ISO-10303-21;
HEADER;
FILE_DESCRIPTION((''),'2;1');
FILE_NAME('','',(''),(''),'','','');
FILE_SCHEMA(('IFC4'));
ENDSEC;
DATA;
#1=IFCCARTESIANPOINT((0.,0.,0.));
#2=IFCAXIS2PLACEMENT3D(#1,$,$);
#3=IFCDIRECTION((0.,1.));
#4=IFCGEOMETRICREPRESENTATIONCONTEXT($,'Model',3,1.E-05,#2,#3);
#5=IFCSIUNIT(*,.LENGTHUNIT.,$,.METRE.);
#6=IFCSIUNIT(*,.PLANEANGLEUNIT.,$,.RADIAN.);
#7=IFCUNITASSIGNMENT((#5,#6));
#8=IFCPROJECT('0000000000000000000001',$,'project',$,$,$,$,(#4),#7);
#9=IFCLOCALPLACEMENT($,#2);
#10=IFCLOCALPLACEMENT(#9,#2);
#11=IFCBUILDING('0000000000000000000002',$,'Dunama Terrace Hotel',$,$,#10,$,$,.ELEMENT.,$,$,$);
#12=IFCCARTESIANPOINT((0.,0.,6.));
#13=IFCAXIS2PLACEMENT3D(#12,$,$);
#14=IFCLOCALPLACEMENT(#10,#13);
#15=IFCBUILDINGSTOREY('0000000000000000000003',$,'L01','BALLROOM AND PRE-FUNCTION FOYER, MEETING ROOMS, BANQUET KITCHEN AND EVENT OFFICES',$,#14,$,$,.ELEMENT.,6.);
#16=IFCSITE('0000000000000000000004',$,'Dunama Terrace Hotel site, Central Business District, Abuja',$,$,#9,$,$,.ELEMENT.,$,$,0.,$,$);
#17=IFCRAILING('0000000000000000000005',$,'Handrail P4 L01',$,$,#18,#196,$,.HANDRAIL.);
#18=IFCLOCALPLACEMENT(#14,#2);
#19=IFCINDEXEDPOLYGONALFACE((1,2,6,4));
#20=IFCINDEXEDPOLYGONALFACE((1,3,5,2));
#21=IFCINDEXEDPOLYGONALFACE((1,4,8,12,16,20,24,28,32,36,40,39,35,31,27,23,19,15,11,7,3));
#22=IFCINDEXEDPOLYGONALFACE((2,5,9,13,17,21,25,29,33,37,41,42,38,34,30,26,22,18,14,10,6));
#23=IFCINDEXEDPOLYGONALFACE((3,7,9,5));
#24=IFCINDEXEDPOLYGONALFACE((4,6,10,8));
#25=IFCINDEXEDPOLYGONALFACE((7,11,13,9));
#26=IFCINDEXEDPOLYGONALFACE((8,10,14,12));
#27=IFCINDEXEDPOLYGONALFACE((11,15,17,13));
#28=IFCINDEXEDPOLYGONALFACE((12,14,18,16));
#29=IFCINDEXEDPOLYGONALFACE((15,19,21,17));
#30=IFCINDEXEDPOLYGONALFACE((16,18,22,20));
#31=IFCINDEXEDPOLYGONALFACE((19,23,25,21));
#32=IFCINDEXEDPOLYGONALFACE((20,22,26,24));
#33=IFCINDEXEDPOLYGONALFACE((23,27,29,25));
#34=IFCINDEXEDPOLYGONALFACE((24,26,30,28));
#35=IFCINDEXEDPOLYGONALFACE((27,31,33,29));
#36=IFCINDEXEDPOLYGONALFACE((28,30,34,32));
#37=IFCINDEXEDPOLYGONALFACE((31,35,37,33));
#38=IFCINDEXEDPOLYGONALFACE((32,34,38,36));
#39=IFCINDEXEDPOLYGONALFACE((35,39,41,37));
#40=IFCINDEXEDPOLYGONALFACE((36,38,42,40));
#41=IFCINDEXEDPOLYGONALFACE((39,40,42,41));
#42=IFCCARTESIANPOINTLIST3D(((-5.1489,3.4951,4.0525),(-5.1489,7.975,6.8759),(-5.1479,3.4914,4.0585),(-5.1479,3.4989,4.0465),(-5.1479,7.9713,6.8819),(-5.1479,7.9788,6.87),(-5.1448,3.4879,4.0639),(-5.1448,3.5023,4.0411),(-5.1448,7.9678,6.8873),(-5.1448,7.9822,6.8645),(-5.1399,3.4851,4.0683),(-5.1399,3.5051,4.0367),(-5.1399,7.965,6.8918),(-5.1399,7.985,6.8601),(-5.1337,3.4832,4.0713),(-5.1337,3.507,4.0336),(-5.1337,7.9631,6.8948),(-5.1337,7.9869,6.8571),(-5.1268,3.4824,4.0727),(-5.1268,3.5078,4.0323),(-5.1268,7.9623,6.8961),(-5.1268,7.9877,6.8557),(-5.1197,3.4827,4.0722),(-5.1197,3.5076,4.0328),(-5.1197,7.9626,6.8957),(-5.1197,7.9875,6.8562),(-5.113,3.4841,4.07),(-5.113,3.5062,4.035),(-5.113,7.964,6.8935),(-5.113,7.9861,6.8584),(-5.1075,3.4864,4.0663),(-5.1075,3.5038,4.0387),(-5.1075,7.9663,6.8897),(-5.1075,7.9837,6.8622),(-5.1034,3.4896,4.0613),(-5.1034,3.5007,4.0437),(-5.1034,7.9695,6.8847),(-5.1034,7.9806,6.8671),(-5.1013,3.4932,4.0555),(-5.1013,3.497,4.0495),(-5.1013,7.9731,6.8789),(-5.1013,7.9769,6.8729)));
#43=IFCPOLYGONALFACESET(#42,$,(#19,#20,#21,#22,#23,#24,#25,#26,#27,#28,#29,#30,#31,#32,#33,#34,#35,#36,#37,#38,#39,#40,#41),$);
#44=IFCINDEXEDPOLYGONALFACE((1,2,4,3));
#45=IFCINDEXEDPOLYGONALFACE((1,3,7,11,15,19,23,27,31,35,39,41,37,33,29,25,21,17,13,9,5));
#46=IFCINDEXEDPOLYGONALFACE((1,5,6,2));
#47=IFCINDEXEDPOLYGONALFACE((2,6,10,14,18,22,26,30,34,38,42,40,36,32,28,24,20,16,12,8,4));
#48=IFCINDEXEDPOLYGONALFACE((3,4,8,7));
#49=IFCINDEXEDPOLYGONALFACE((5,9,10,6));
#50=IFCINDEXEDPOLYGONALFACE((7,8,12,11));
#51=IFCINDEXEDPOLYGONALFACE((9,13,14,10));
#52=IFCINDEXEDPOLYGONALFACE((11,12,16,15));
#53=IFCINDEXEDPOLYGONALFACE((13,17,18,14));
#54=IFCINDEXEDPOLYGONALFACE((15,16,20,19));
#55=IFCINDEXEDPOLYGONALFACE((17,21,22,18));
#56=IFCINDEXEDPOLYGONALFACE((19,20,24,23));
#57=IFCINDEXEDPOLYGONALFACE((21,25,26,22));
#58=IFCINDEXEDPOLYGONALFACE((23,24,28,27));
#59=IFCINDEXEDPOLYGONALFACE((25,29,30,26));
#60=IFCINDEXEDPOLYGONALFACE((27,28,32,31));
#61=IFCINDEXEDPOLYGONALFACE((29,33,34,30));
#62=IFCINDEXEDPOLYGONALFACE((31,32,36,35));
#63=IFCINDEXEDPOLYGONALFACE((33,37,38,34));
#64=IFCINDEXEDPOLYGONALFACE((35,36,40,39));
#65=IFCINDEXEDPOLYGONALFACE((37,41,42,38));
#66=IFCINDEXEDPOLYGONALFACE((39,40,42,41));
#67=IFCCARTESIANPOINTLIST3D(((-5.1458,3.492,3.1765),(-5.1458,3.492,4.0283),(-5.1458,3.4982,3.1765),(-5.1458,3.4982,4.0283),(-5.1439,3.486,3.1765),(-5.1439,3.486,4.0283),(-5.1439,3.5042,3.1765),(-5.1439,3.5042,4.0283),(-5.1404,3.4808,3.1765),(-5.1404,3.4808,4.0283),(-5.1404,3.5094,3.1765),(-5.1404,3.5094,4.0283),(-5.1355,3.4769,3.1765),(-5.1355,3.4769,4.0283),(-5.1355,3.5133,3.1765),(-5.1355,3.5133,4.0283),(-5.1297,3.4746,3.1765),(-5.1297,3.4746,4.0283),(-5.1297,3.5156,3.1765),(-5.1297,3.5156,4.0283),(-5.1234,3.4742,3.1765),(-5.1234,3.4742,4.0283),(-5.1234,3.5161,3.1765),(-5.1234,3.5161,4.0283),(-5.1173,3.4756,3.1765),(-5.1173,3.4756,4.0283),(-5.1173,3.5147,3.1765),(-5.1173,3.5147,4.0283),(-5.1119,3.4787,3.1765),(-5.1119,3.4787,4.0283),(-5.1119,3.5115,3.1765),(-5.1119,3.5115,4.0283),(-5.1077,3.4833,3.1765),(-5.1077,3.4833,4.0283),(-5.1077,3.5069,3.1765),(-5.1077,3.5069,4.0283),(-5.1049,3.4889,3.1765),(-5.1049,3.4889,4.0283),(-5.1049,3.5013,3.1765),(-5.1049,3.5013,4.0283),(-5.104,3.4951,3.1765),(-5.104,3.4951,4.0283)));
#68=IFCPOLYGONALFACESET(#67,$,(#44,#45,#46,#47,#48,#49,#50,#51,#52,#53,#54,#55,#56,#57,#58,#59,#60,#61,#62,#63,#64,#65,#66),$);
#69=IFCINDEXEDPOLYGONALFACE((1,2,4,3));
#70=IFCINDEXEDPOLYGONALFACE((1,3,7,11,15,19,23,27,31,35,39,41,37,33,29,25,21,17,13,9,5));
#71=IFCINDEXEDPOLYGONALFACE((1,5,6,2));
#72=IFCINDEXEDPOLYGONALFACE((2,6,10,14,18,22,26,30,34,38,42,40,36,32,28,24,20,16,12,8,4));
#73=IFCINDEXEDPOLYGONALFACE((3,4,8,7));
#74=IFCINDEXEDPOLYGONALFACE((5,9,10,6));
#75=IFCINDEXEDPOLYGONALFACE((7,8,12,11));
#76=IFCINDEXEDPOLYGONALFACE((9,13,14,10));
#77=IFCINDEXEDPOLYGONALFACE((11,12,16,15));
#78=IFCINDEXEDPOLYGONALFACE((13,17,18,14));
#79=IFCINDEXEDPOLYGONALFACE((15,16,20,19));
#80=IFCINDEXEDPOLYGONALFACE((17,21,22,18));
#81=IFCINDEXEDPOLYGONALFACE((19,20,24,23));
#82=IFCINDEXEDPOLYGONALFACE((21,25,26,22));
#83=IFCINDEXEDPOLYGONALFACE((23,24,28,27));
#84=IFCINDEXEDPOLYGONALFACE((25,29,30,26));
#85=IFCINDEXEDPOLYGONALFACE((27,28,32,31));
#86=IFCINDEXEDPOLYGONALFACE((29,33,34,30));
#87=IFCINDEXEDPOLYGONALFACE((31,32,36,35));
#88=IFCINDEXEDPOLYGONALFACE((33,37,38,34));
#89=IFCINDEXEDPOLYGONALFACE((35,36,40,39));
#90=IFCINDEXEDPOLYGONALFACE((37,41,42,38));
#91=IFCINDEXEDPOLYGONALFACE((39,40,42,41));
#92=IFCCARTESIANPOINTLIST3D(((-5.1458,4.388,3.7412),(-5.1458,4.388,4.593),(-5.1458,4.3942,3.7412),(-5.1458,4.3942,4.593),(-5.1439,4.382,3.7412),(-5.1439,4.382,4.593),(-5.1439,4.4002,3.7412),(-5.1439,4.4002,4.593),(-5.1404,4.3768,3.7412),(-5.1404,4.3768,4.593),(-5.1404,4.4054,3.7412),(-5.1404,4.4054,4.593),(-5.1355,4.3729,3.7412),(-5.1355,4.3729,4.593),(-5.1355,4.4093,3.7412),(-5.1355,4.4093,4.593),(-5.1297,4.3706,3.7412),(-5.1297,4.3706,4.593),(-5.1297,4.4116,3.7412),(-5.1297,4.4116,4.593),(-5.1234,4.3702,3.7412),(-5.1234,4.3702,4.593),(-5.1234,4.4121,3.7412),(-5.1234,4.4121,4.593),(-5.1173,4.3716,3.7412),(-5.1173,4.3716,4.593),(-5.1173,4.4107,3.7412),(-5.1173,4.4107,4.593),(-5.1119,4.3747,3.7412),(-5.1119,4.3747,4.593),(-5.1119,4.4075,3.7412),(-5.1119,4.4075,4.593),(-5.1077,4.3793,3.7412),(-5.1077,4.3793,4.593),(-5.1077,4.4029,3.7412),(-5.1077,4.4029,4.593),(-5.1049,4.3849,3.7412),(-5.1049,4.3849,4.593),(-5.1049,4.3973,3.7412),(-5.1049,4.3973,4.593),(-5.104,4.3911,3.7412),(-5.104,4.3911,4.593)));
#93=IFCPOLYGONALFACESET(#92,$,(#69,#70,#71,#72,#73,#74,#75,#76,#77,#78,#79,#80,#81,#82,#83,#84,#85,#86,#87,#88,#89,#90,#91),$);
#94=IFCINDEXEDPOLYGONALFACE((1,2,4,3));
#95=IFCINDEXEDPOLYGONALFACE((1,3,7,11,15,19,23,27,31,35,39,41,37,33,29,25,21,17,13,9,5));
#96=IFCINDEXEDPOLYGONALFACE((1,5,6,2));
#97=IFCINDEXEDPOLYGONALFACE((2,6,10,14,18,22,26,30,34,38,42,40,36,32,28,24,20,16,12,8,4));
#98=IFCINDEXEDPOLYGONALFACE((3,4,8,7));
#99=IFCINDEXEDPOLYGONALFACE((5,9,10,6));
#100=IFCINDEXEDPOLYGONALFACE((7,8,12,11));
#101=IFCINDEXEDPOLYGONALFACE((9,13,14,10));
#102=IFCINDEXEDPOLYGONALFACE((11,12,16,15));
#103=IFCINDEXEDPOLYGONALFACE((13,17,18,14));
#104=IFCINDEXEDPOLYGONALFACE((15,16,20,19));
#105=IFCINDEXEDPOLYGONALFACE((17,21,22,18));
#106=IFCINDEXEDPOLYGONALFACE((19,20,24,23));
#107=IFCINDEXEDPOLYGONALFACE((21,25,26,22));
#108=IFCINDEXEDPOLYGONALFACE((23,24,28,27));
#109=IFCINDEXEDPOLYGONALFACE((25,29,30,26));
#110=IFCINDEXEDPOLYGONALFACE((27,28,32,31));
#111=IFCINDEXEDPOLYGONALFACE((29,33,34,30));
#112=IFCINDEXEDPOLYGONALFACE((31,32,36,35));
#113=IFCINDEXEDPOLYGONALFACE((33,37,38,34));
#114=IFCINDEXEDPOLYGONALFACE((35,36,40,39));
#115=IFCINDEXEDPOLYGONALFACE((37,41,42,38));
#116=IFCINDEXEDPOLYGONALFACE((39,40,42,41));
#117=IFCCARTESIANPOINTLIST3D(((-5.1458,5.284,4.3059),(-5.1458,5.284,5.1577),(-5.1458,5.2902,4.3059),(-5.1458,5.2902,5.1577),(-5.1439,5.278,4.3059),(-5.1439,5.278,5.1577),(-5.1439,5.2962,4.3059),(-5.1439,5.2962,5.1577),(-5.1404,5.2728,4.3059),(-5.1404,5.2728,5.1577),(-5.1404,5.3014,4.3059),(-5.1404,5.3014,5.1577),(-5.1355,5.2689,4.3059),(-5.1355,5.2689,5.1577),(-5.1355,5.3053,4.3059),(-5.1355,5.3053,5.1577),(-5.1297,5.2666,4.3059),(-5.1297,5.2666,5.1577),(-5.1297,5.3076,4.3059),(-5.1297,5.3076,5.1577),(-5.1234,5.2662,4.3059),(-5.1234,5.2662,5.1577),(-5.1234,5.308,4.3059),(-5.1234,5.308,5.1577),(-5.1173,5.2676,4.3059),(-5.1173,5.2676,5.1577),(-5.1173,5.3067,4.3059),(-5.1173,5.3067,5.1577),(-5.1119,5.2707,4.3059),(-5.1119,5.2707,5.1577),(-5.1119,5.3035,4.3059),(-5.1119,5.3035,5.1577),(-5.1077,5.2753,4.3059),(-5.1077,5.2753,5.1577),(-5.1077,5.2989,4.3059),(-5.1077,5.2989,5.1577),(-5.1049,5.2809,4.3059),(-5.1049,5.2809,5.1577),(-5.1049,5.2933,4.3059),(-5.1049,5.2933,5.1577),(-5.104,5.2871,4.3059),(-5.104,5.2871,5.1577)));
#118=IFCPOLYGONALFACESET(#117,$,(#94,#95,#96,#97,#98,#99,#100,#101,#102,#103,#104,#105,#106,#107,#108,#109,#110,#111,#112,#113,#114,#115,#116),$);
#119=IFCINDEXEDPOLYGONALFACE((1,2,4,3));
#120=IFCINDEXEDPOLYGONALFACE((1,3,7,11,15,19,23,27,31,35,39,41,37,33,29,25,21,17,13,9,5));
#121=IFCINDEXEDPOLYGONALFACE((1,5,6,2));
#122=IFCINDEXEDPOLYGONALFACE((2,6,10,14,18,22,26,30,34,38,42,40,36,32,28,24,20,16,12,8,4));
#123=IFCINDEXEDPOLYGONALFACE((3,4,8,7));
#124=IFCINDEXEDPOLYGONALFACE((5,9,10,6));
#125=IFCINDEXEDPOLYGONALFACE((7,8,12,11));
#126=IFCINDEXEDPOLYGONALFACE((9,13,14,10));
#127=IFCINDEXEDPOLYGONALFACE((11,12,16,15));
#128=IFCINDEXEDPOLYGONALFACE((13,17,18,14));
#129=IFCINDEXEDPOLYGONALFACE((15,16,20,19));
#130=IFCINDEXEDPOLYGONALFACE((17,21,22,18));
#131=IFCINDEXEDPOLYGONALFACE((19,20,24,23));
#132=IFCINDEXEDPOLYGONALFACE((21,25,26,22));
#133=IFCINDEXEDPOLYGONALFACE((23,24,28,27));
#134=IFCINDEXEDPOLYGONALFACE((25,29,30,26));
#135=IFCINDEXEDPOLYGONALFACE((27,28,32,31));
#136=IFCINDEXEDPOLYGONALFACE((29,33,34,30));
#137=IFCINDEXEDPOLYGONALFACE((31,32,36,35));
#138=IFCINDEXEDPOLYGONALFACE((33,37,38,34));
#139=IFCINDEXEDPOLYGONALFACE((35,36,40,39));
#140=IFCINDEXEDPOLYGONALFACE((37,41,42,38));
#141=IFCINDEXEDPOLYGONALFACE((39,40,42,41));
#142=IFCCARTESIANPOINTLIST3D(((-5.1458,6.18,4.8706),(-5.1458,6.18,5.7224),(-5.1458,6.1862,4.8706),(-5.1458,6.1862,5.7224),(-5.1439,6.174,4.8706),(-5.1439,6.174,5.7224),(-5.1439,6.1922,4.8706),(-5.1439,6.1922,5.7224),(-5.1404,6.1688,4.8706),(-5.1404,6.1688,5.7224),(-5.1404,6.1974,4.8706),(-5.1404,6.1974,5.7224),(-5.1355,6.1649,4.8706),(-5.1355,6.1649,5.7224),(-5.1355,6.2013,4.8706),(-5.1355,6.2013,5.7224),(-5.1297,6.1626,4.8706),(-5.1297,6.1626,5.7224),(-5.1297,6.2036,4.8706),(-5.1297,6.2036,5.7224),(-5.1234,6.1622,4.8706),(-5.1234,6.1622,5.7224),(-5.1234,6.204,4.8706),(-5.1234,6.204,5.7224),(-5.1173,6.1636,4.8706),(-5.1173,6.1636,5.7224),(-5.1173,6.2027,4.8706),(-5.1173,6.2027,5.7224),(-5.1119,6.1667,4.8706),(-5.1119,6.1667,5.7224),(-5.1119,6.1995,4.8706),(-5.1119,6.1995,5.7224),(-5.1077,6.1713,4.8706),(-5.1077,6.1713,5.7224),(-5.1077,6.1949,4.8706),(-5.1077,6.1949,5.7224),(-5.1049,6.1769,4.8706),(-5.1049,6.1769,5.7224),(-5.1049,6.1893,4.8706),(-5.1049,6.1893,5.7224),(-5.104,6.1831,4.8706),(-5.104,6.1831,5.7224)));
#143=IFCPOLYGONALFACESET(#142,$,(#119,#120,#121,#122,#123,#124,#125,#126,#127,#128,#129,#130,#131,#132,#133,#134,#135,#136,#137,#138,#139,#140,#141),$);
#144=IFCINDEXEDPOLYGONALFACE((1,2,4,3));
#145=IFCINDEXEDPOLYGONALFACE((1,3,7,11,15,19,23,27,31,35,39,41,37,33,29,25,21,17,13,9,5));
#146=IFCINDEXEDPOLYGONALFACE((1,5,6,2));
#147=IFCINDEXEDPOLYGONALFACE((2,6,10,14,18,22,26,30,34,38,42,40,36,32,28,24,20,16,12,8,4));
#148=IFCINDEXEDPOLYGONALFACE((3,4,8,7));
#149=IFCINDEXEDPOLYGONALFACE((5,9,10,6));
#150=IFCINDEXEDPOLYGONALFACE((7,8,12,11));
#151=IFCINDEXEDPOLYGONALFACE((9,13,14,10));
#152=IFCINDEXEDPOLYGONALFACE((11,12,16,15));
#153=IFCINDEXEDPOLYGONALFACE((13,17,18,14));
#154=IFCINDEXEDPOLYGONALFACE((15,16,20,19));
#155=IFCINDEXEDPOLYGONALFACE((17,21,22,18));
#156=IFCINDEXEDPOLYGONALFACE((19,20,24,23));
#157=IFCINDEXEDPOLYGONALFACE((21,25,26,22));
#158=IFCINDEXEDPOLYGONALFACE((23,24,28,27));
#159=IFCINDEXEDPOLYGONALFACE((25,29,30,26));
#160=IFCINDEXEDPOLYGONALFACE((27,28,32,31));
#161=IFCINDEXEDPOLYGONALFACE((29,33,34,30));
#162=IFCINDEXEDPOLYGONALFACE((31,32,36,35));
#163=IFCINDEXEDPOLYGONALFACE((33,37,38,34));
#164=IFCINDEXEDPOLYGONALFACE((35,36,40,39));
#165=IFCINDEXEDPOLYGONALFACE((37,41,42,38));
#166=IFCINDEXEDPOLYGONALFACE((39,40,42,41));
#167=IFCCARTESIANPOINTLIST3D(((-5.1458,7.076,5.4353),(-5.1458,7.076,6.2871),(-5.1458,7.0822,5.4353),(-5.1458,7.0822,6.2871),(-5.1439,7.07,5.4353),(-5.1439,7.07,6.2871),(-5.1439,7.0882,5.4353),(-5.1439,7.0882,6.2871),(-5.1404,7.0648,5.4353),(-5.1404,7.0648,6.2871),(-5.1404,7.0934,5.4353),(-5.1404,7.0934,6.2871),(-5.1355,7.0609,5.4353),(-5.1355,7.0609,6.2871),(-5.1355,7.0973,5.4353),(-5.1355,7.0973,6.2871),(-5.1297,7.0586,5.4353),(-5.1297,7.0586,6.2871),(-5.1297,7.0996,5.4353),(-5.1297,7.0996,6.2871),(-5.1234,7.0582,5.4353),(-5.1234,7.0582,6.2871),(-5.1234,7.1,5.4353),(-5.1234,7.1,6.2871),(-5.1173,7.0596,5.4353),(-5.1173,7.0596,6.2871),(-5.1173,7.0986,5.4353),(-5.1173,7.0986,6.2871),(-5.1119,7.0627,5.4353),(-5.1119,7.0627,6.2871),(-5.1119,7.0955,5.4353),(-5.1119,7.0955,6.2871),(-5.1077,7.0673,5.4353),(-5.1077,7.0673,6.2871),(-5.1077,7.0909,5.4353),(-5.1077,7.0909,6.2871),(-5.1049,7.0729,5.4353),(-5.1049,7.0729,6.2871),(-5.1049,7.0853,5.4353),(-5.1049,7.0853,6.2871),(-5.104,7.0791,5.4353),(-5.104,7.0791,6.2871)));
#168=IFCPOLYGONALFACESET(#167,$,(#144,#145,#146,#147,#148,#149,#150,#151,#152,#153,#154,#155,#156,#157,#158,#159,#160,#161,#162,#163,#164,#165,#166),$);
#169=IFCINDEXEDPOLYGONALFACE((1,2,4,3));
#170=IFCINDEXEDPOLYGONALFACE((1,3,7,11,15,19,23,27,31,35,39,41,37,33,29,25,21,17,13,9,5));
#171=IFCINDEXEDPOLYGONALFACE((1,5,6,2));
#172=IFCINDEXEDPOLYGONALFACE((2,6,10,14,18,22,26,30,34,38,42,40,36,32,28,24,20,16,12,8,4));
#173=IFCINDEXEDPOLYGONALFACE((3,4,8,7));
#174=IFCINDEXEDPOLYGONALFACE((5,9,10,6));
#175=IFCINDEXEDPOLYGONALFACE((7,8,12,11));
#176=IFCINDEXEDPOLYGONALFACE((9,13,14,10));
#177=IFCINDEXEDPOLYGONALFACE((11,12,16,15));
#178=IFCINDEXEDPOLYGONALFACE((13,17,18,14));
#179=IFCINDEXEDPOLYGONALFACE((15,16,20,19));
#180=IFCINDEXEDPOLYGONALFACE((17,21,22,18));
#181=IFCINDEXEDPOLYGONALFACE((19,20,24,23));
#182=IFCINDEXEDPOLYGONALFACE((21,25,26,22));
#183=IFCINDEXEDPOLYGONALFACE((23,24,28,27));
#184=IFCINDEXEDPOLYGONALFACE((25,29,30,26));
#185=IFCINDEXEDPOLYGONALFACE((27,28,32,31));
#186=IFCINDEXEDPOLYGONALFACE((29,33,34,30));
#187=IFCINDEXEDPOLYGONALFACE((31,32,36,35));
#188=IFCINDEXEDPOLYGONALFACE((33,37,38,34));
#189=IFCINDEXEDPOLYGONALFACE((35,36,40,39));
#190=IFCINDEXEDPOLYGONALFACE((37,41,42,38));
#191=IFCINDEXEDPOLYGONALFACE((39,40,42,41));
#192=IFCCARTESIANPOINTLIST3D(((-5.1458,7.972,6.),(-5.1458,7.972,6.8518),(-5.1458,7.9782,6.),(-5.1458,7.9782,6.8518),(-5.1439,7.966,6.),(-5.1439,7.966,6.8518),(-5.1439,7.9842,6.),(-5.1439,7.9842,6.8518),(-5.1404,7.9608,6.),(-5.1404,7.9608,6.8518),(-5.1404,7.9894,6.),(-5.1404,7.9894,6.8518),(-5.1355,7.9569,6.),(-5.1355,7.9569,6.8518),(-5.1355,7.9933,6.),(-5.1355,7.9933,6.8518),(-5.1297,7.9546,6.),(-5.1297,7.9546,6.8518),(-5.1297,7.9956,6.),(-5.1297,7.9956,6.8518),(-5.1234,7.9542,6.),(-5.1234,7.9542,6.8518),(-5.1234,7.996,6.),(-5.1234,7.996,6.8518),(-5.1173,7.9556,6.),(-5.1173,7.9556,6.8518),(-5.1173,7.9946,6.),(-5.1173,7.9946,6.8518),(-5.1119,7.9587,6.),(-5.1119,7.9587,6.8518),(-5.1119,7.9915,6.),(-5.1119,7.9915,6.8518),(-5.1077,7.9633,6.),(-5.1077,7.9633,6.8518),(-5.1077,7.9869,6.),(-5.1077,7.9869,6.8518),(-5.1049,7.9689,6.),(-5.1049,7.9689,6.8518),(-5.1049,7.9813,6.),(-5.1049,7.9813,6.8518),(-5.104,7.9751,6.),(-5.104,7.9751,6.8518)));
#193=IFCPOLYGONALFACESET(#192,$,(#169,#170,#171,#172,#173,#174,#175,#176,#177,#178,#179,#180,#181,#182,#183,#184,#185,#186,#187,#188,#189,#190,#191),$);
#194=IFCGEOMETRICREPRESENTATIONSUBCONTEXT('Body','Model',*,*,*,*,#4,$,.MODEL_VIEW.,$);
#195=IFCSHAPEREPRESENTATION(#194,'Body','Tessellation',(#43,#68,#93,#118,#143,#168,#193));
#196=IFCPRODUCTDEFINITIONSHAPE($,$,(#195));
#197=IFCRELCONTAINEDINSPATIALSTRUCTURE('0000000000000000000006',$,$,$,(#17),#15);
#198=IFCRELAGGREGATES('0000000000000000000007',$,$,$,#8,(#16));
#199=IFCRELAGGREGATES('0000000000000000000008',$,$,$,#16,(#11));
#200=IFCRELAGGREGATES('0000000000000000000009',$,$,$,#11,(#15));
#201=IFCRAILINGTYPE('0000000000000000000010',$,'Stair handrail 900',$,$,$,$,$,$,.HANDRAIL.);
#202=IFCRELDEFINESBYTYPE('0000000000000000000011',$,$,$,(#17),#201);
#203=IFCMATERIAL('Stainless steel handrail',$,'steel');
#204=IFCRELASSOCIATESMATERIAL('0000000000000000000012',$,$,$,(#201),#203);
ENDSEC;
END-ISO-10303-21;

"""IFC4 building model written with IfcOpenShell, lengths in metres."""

from ifc_helpers import new_model, si_unit, direction, frame, origin, origin_2d, place, context, subcontext, project, spatial, circle, extrude, material, type_object, element, save


model = new_model("IFC4")

# Units and contexts
model_context = context("Model", 3, precision=1e-05, world=origin(), true_north=direction((0.0, 1.0)))
body_context = subcontext(model_context, "Body", "Model", "MODEL_VIEW")
ifc_project = project(units=[si_unit("LENGTHUNIT", "METRE"), si_unit("PLANEANGLEUNIT", "RADIAN")], contexts=[model_context])

# Site, building, storey
site_placement = place(None, origin())
site = spatial("IfcSite", under=ifc_project, at=site_placement, Name="Dunama Terrace Hotel site, Central Business District, Abuja", CompositionType="ELEMENT", RefElevation=0.0)
building_placement = place(site_placement, origin())
building = spatial("IfcBuilding", under=site, at=building_placement, Name="Dunama Terrace Hotel", CompositionType="ELEMENT")
storey_placement = place(building_placement, frame((0.0, 0.0, 6.0)))
storey = spatial("IfcBuildingStorey", under=building, at=storey_placement, Name="L01", Description="BALLROOM AND PRE-FUNCTION FOYER, MEETING ROOMS, BANQUET KITCHEN AND EVENT OFFICES", CompositionType="ELEMENT", Elevation=6.0)

# Railing
ifc_material_1 = material(Name="Stainless steel handrail", Category="steel")
railing_type = type_object("IfcRailingType", Name="Stair handrail 900", PredefinedType="HANDRAIL", material=ifc_material_1)
railing_1_placement = place(storey_placement, frame((-5.125, 3.4951, 3.1765)))
element("IfcRailing", 1, at=railing_1_placement, inside=storey, type_object=railing_type, Name="Handrail P4 L01", PredefinedType="HANDRAIL", context=body_context, shape_type="SweptSolid", body=[
    extrude(circle(Radius=0.0239, at=origin_2d()), frame((0.0, 0.0, 0.876), z_axis=(0.0, 0.845998, 0.533186), x_axis=(-1.0, 0.0, 0.0)), (0.0, 0.0, 1.0), 5.2954),
    extrude(circle(Radius=0.021, at=origin_2d()), origin(), (0.0, 0.0, 1.0), 0.8518),
    extrude(circle(Radius=0.021, at=origin_2d()), frame((0.0, 0.896, 0.5647)), (0.0, 0.0, 1.0), 0.8518),
    extrude(circle(Radius=0.021, at=origin_2d()), frame((0.0, 1.792, 1.1294)), (0.0, 0.0, 1.0), 0.8518),
    extrude(circle(Radius=0.021, at=origin_2d()), frame((0.0, 2.688, 1.6941)), (0.0, 0.0, 1.0), 0.8518),
    extrude(circle(Radius=0.021, at=origin_2d()), frame((0.0, 3.584, 2.2588)), (0.0, 0.0, 1.0), 0.8518),
    extrude(circle(Radius=0.021, at=origin_2d()), frame((0.0, 4.48, 2.8235)), (0.0, 0.0, 1.0), 0.8518),
])

save(model, "model.ifc")
